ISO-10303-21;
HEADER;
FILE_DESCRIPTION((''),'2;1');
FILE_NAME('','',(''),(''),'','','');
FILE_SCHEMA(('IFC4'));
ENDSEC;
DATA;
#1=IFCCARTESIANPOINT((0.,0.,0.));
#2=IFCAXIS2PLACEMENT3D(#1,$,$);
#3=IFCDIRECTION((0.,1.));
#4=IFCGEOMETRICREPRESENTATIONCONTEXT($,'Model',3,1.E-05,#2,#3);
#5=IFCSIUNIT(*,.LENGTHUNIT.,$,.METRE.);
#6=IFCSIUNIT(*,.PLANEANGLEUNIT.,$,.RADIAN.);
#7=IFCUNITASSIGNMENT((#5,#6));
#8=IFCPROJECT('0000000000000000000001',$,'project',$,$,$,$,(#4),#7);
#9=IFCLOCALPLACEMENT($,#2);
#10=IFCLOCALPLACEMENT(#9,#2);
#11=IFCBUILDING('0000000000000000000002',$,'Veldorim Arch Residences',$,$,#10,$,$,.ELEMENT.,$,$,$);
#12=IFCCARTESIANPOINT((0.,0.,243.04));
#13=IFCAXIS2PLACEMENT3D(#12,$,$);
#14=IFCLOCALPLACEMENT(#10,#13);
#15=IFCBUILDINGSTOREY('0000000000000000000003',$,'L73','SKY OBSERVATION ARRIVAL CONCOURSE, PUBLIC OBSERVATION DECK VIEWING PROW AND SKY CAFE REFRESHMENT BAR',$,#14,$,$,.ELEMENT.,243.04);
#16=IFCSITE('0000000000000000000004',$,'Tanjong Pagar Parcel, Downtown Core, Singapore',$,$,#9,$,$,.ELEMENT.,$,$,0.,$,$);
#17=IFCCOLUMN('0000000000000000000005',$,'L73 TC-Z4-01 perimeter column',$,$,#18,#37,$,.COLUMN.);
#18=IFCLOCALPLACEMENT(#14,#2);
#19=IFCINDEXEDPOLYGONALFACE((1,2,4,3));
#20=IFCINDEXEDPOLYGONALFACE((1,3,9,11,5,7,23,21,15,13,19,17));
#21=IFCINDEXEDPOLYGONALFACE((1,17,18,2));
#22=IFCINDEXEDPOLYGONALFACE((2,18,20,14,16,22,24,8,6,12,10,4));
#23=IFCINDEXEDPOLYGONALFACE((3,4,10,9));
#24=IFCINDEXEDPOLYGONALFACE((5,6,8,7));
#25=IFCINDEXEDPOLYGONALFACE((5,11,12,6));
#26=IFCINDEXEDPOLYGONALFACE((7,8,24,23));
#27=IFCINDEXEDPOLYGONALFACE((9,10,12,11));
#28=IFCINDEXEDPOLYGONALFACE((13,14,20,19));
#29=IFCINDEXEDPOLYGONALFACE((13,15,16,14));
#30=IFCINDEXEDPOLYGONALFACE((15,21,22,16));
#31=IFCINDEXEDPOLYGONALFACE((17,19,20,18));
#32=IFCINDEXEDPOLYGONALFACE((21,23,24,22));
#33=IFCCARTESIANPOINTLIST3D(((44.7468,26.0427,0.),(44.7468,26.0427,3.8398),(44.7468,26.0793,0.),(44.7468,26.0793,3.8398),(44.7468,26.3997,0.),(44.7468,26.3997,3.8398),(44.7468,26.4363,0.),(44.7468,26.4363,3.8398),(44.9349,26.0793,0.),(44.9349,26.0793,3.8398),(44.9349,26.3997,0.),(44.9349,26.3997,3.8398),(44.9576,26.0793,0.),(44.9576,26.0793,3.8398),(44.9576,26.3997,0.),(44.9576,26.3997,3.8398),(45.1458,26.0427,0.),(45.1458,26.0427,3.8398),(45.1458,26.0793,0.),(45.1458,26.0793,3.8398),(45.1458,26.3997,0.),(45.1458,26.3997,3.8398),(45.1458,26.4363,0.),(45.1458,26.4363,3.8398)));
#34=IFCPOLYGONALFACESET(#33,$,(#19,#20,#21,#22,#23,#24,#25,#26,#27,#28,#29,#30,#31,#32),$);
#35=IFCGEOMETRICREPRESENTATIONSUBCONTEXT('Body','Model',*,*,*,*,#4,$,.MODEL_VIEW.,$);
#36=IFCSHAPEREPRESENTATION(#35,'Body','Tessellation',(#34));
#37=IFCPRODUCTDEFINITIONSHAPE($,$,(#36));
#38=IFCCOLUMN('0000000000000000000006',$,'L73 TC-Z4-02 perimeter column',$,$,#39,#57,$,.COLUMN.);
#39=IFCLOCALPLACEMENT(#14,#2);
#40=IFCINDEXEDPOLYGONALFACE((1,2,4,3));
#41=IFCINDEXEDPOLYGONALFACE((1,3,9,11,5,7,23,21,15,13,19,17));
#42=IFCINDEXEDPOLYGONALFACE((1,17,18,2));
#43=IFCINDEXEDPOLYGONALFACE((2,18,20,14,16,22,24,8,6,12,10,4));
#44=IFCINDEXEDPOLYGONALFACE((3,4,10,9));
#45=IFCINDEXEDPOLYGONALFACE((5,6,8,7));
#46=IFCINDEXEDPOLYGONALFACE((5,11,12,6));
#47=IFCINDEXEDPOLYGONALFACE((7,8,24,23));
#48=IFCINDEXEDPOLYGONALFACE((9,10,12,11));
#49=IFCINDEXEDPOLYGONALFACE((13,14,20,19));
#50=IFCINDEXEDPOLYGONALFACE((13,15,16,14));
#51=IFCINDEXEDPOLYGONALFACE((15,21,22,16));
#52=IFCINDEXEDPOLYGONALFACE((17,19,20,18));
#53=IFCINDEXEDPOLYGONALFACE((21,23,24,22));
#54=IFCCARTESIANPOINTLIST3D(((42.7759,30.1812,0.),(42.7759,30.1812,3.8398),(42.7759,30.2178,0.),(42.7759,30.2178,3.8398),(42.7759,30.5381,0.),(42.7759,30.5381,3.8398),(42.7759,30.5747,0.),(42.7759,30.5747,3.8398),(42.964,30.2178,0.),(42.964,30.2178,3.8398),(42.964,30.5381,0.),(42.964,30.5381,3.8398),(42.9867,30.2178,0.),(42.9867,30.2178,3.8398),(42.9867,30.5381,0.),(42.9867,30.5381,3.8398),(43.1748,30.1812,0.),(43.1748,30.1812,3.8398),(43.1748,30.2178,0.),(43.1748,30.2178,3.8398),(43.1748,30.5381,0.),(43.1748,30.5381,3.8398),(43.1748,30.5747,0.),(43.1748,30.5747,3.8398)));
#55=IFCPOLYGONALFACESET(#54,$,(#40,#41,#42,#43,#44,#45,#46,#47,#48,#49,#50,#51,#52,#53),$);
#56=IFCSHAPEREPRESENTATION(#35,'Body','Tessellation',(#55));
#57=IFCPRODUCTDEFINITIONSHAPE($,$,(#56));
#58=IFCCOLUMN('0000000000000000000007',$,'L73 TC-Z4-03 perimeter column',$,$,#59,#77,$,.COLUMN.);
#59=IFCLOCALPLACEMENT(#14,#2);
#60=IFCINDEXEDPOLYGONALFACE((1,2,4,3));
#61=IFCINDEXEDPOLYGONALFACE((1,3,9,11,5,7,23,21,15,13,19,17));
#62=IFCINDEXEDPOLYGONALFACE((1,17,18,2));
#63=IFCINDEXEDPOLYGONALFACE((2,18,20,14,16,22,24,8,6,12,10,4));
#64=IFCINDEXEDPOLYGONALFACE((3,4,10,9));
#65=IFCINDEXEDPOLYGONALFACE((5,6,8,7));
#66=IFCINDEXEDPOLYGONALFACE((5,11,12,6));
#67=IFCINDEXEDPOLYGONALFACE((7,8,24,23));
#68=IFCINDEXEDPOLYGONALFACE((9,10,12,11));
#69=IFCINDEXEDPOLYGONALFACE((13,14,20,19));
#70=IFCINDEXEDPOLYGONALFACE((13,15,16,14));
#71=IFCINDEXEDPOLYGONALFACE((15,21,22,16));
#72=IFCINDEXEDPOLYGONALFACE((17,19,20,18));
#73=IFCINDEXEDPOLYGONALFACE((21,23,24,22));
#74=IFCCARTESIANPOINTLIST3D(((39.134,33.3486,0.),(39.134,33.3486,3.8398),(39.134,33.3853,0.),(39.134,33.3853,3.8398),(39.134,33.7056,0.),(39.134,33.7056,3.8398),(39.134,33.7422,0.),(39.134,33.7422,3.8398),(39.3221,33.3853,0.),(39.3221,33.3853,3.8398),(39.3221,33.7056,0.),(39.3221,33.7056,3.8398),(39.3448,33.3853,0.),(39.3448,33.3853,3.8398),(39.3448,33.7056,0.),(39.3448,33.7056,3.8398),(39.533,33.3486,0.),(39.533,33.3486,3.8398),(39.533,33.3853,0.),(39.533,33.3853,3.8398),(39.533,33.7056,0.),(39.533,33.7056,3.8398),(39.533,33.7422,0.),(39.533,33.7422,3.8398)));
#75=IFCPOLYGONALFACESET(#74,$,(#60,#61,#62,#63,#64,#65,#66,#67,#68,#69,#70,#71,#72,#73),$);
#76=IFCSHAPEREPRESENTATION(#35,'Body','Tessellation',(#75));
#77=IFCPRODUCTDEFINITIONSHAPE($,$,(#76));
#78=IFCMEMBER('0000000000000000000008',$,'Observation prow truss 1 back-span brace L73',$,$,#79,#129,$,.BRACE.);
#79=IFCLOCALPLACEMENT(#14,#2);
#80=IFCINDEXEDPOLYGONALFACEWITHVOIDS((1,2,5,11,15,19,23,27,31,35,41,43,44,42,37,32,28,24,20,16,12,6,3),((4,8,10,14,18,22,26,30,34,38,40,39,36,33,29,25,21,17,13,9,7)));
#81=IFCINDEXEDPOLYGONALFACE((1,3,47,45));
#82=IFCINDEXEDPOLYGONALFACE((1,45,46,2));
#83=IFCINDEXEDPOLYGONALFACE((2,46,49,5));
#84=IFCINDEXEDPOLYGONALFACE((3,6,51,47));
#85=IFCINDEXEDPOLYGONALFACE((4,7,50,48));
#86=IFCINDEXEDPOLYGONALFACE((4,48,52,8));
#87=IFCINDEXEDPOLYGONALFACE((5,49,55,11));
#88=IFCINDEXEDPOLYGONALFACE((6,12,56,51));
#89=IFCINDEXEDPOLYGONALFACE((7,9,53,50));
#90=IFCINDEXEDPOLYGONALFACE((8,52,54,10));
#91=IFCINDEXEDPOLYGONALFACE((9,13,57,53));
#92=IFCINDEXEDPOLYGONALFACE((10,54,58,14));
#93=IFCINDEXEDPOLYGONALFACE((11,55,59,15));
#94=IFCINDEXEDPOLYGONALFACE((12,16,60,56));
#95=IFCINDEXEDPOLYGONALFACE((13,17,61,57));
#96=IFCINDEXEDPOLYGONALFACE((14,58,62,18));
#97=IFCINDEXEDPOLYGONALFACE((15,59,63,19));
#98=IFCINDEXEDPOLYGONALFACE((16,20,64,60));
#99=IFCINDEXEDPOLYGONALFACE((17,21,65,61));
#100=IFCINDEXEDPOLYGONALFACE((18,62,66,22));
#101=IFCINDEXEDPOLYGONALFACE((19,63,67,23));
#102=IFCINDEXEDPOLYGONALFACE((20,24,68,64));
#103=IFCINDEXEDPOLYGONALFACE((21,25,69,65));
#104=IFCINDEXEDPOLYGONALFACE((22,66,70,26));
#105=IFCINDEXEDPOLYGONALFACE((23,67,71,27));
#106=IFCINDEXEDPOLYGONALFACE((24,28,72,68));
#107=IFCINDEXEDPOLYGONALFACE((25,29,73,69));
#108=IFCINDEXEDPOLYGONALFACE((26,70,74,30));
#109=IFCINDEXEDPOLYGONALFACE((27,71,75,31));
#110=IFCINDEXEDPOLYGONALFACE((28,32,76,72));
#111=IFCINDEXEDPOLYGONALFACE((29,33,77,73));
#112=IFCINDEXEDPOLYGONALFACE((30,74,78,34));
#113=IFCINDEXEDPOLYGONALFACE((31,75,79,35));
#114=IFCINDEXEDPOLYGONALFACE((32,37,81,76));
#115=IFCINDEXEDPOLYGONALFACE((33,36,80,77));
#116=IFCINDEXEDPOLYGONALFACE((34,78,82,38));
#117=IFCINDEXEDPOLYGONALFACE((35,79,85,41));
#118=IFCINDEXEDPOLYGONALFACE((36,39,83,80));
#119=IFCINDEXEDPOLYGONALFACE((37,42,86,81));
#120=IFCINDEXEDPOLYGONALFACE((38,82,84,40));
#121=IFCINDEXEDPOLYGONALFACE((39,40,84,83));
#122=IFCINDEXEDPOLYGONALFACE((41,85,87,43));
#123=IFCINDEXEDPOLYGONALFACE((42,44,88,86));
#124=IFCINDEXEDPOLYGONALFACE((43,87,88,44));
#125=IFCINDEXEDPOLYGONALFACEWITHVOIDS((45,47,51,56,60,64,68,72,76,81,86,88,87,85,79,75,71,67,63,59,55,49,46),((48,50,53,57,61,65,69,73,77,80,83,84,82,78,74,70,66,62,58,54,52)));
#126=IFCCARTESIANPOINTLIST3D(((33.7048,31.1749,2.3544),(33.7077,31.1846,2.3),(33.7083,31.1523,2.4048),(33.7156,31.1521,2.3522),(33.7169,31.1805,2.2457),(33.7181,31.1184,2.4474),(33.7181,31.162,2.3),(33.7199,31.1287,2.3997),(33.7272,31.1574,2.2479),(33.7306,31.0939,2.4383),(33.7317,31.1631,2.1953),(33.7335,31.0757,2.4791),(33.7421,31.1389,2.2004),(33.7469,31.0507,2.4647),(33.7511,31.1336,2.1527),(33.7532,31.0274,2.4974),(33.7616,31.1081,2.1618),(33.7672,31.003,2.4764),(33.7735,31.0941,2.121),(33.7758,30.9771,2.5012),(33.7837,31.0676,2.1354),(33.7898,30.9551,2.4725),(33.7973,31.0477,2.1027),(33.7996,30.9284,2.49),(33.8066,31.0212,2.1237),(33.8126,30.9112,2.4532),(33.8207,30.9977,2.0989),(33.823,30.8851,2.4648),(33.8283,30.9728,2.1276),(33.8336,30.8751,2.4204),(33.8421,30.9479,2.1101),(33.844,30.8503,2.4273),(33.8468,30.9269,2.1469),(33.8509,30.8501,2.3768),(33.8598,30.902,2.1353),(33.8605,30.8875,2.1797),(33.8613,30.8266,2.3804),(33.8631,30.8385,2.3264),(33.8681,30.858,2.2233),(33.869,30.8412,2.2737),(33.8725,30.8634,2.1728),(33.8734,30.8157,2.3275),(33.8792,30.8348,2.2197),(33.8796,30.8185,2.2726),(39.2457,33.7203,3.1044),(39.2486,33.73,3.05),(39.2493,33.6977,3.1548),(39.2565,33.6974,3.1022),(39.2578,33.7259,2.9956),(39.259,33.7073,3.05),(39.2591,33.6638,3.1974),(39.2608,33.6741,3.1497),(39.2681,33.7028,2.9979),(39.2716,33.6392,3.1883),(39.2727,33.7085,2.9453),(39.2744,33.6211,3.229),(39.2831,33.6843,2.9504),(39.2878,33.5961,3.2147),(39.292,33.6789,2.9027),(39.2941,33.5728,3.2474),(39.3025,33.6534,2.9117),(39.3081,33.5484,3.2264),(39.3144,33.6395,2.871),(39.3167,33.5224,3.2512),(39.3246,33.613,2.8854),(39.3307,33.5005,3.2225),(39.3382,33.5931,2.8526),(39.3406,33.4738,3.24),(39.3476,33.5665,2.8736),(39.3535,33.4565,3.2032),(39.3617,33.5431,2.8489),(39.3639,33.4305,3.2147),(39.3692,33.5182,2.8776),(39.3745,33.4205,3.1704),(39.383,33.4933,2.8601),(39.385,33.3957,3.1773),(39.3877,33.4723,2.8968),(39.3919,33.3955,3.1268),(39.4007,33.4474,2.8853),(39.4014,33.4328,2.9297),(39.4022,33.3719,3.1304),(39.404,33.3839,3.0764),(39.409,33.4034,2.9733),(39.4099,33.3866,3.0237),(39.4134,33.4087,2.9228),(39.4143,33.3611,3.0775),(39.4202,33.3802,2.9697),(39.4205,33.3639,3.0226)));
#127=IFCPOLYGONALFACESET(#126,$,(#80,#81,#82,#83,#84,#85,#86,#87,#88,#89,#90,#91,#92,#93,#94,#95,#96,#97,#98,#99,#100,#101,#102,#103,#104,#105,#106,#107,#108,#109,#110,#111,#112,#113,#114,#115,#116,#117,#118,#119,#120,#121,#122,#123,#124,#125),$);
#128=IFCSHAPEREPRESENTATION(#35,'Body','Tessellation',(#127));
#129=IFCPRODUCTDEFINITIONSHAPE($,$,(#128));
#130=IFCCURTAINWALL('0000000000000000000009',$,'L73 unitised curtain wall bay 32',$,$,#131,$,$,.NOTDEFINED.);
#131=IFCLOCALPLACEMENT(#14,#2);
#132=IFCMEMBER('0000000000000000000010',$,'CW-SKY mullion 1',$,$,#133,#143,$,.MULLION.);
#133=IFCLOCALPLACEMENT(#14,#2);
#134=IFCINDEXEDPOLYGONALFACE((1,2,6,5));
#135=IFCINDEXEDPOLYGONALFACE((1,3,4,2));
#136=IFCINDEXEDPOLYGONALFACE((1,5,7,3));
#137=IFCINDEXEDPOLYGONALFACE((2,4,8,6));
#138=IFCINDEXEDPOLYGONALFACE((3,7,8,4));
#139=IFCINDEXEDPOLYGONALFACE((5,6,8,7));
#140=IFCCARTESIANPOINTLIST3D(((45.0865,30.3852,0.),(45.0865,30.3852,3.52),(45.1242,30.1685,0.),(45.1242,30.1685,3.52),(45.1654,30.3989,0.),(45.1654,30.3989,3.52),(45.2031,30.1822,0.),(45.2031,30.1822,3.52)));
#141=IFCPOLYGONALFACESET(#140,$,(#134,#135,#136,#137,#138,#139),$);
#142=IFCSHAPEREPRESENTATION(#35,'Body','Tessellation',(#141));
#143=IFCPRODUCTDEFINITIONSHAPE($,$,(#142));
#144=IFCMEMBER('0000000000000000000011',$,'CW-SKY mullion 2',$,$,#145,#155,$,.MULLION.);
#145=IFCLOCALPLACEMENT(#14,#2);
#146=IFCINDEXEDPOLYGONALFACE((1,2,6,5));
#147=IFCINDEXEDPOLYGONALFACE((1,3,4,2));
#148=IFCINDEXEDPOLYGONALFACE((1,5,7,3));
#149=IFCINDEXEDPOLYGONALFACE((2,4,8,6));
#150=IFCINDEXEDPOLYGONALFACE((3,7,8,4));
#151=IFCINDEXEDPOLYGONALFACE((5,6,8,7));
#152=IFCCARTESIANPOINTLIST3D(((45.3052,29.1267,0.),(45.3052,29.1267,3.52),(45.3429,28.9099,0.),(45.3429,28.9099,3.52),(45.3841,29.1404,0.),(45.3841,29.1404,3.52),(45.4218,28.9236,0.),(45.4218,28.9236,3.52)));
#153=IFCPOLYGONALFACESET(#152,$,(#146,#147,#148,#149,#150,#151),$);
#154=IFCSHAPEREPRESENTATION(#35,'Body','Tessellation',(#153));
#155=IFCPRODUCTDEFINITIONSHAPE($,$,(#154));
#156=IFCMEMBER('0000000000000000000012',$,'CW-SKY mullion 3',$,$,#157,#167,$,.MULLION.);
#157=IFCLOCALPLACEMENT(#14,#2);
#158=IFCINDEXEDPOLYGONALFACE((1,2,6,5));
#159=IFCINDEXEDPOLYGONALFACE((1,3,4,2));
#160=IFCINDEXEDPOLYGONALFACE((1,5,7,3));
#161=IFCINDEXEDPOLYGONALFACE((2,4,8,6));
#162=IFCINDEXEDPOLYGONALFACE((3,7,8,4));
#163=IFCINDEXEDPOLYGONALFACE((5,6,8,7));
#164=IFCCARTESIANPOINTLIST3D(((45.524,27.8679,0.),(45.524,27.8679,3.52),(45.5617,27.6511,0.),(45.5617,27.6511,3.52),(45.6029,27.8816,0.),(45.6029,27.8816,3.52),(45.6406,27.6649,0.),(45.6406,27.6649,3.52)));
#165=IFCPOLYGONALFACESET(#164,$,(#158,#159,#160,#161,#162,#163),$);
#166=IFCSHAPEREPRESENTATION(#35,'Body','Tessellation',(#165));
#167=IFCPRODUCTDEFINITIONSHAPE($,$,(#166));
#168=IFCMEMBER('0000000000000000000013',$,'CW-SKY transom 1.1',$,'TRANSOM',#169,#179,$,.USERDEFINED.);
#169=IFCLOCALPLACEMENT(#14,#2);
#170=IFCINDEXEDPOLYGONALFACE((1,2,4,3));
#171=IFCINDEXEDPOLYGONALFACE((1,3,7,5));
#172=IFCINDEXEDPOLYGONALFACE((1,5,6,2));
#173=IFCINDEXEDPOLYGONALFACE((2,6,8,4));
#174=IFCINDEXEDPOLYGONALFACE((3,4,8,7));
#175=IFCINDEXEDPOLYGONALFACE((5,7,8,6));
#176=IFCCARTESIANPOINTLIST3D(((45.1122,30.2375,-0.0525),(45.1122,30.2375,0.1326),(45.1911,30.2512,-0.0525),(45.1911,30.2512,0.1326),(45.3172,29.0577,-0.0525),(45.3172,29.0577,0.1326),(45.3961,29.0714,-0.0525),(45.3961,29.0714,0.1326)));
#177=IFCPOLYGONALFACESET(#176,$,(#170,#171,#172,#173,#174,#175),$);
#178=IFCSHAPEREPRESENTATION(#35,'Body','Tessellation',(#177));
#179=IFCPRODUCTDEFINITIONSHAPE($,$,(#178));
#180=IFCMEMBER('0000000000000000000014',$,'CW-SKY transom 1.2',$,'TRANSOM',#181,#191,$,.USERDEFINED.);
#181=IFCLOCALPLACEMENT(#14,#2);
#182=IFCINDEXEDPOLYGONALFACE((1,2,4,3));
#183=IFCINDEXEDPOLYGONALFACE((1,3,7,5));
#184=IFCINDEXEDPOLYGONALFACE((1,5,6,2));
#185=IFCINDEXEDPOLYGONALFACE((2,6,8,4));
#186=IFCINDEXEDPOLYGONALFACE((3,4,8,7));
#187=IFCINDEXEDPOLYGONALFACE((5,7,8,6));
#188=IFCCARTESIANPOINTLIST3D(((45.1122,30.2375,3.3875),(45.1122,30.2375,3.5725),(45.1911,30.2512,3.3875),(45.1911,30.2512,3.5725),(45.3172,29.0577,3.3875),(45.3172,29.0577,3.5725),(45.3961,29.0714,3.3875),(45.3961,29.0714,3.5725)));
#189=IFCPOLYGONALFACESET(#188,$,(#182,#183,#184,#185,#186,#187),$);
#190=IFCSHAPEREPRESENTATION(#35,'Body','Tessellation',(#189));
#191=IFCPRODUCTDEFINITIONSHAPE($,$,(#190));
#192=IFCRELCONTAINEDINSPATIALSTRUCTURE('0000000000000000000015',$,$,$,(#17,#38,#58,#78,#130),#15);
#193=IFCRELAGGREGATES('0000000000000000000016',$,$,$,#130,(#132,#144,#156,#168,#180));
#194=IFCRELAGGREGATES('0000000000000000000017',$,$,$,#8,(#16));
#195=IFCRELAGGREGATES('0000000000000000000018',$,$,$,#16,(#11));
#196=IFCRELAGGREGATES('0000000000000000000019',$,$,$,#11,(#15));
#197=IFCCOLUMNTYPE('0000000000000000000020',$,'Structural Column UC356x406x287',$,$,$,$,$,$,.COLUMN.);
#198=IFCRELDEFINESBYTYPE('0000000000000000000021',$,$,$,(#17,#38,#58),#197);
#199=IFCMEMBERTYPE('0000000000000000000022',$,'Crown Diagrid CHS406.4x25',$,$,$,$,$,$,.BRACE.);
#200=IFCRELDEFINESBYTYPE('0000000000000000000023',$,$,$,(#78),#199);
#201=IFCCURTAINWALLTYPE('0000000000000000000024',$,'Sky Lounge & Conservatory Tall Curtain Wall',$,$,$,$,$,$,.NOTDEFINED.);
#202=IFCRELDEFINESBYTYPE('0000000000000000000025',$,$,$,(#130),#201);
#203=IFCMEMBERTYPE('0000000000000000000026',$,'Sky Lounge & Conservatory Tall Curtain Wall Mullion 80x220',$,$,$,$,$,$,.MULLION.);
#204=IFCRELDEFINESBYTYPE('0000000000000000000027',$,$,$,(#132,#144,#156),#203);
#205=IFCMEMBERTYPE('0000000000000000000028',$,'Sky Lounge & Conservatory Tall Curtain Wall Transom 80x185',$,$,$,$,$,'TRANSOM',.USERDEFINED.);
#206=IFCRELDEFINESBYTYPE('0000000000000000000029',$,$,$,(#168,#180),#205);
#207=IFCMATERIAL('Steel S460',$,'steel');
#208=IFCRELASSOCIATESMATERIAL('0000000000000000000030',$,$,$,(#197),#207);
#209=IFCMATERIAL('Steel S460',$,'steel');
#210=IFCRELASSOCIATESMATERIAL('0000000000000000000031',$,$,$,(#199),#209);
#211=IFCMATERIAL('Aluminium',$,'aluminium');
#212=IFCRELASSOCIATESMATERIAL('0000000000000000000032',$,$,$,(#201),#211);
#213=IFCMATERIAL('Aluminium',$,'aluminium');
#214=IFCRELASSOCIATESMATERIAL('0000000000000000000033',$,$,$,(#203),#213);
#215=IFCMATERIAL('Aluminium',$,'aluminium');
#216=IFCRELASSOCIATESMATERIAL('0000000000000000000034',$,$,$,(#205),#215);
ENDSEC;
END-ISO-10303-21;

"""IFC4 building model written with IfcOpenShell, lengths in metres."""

from ifc_helpers import new_model, si_unit, direction, frame, origin, origin_2d, place, context, subcontext, project, spatial, rectangle, hollow_circle, i_section, extrude, material, material_profile, profile_set, type_object, element, aggregate, save


model = new_model("IFC4")

# Units and contexts
model_context = context("Model", 3, precision=1e-05, world=origin(), true_north=direction((0.0, 1.0)))
body_context = subcontext(model_context, "Body", "Model", "MODEL_VIEW")
ifc_project = project(units=[si_unit("LENGTHUNIT", "METRE"), si_unit("PLANEANGLEUNIT", "RADIAN")], contexts=[model_context])

# Site, building, storey
site_placement = place(None, origin())
site = spatial("IfcSite", under=ifc_project, at=site_placement, Name="Tanjong Pagar Parcel, Downtown Core, Singapore", CompositionType="ELEMENT", RefElevation=0.0)
building_placement = place(site_placement, origin())
building = spatial("IfcBuilding", under=site, at=building_placement, Name="Veldorim Arch Residences", CompositionType="ELEMENT")
storey_placement = place(building_placement, frame((0.0, 0.0, 243.04)))
storey = spatial("IfcBuildingStorey", under=building, at=storey_placement, Name="L73", Description="SKY OBSERVATION ARRIVAL CONCOURSE, PUBLIC OBSERVATION DECK VIEWING PROW AND SKY CAFE REFRESHMENT BAR", CompositionType="ELEMENT", Elevation=243.04)

# Columns
ifc_material_1 = material(Name="Steel S460", Category="steel")
ifc_material_profile_1 = material_profile(ifc_material_1, i_section(OverallWidth=0.3989, OverallDepth=0.3936, WebThickness=0.0227, FlangeThickness=0.0366, at=origin_2d()), Name="UC356x406x287")
ifc_profile_set_1 = profile_set([ifc_material_profile_1], Name="Steel S460")
column_type = type_object("IfcColumnType", Name="Structural Column UC356x406x287", PredefinedType="COLUMN", material=ifc_profile_set_1)
for number, where, z_axis, x_axis, name in (
    (1, (44.9463, 26.2395, 0.0), (0.0, 0.0, 1.0), (1.0, 0.0, 0.0), "L73 TC-Z4-01 perimeter column"),
    (2, (42.9753, 30.3779, 0.0), (0.0, 0.0, 1.0), (1.0, 0.0, 0.0), "L73 TC-Z4-02 perimeter column"),
    (3, (39.3335, 33.5454, 0.0), (0.0, 0.0, 1.0), (1.0, 0.0, 0.0), "L73 TC-Z4-03 perimeter column"),
):
    element("IfcColumn", number, at=place(storey_placement, frame(where, z_axis=z_axis, x_axis=x_axis)), inside=storey, type_object=column_type, Name=name, PredefinedType="COLUMN", context=body_context, shape_type="SweptSolid", body=[
        extrude(i_section(OverallWidth=0.3989, OverallDepth=0.3936, WebThickness=0.0227, FlangeThickness=0.0366, at=origin_2d()), origin(), (0.0, 0.0, 1.0), 3.8398),
    ])

# Member
ifc_material_2 = material(Name="Steel S460", Category="steel")
ifc_material_profile_2 = material_profile(ifc_material_2, hollow_circle(Radius=0.2031, WallThickness=0.0249, at=origin_2d()), Name="CHS406.4x25")
ifc_profile_set_2 = profile_set([ifc_material_profile_2], Name="Steel S460")
member_type_1 = type_object("IfcMemberType", Name="Crown Diagrid CHS406.4x25", PredefinedType="BRACE", material=ifc_profile_set_2)
member_1_placement = place(storey_placement, frame((33.7925, 31.0, 2.3), z_axis=(0.901909, 0.414315, 0.122077), x_axis=(-0.417438, 0.908706, 0.0)))
element("IfcMember", 4, at=member_1_placement, inside=storey, type_object=member_type_1, Name="Observation prow truss 1 back-span brace L73", PredefinedType="BRACE", context=body_context, shape_type="SweptSolid", body=[
    extrude(hollow_circle(Radius=0.2031, WallThickness=0.0249, at=origin_2d()), origin(), (0.0, 0.0, 1.0), 6.1436),
])

# Curtain wall, members
ifc_material_3 = material(Name="Aluminium", Category="aluminium")
curtain_wall_type = type_object("IfcCurtainWallType", Name="Sky Lounge & Conservatory Tall Curtain Wall", PredefinedType="NOTDEFINED", material=ifc_material_3)
curtain_wall_placement = place(storey_placement, origin())
curtain_wall = element("IfcCurtainWall", 5, at=curtain_wall_placement, inside=storey, type_object=curtain_wall_type, Name="L73 unitised curtain wall bay 32", PredefinedType="NOTDEFINED")
ifc_material_4 = material(Name="Aluminium", Category="aluminium")
ifc_material_profile_3 = material_profile(ifc_material_4, rectangle(XDim=0.0801, YDim=0.22, at=origin_2d()), Name="ALU_MUL_80x220")
ifc_profile_set_3 = profile_set([ifc_material_profile_3], Name="Aluminium")
member_type_2 = type_object("IfcMemberType", Name="Sky Lounge & Conservatory Tall Curtain Wall Mullion 80x220", PredefinedType="MULLION", material=ifc_profile_set_3)
member_2_placement = place(storey_placement, frame((45.1448, 30.2837, 0.0), z_axis=(0.0, 0.0, 1.0), x_axis=(0.985231, 0.171232, 0.0)))
member_2 = element("IfcMember", 6, at=member_2_placement, type_object=member_type_2, Name="CW-SKY mullion 1", PredefinedType="MULLION", context=body_context, shape_type="SweptSolid", body=[
    extrude(rectangle(XDim=0.0801, YDim=0.22, at=origin_2d()), origin(), (0.0, 0.0, 1.0), 3.52),
])
member_3_placement = place(storey_placement, frame((45.3635, 29.0251, 0.0), z_axis=(0.0, 0.0, 1.0), x_axis=(0.985231, 0.171232, 0.0)))
member_3 = element("IfcMember", 7, at=member_3_placement, type_object=member_type_2, Name="CW-SKY mullion 2", PredefinedType="MULLION", context=body_context, shape_type="SweptSolid", body=[
    extrude(rectangle(XDim=0.0801, YDim=0.22, at=origin_2d()), origin(), (0.0, 0.0, 1.0), 3.52),
])
member_4_placement = place(storey_placement, frame((45.5823, 27.7664, 0.0), z_axis=(0.0, 0.0, 1.0), x_axis=(0.985231, 0.171232, 0.0)))
member_4 = element("IfcMember", 8, at=member_4_placement, type_object=member_type_2, Name="CW-SKY mullion 3", PredefinedType="MULLION", context=body_context, shape_type="SweptSolid", body=[
    extrude(rectangle(XDim=0.0801, YDim=0.22, at=origin_2d()), origin(), (0.0, 0.0, 1.0), 3.52),
])
ifc_material_5 = material(Name="Aluminium", Category="aluminium")
ifc_material_profile_4 = material_profile(ifc_material_5, rectangle(XDim=0.0801, YDim=0.1851, at=origin_2d()), Name="ALU_TRN_80x185")
ifc_profile_set_4 = profile_set([ifc_material_profile_4], Name="Aluminium")
member_type_3 = type_object("IfcMemberType", Name="Sky Lounge & Conservatory Tall Curtain Wall Transom 80x185", ElementType="TRANSOM", PredefinedType="USERDEFINED", material=ifc_profile_set_4)
member_5_placement = place(storey_placement, frame((45.1516, 30.2444, 0.04), z_axis=(0.171238, -0.98523, 0.0), x_axis=(0.98523, 0.171238, 0.0)))
member_5 = element("IfcMember", 9, at=member_5_placement, type_object=member_type_3, Name="CW-SKY transom 1.1", ObjectType="TRANSOM", PredefinedType="USERDEFINED", context=body_context, shape_type="SweptSolid", body=[
    extrude(rectangle(XDim=0.0801, YDim=0.1851, at=origin_2d()), origin(), (0.0, 0.0, 1.0), 1.1975),
])
member_6_placement = place(storey_placement, frame((45.1516, 30.2444, 3.48), z_axis=(0.171238, -0.98523, 0.0), x_axis=(0.98523, 0.171238, 0.0)))
member_6 = element("IfcMember", 10, at=member_6_placement, type_object=member_type_3, Name="CW-SKY transom 1.2", ObjectType="TRANSOM", PredefinedType="USERDEFINED", context=body_context, shape_type="SweptSolid", body=[
    extrude(rectangle(XDim=0.0801, YDim=0.1851, at=origin_2d()), origin(), (0.0, 0.0, 1.0), 1.1975),
])

aggregate(curtain_wall, [member_2, member_3, member_4, member_5, member_6])

save(model, "model.ifc")
